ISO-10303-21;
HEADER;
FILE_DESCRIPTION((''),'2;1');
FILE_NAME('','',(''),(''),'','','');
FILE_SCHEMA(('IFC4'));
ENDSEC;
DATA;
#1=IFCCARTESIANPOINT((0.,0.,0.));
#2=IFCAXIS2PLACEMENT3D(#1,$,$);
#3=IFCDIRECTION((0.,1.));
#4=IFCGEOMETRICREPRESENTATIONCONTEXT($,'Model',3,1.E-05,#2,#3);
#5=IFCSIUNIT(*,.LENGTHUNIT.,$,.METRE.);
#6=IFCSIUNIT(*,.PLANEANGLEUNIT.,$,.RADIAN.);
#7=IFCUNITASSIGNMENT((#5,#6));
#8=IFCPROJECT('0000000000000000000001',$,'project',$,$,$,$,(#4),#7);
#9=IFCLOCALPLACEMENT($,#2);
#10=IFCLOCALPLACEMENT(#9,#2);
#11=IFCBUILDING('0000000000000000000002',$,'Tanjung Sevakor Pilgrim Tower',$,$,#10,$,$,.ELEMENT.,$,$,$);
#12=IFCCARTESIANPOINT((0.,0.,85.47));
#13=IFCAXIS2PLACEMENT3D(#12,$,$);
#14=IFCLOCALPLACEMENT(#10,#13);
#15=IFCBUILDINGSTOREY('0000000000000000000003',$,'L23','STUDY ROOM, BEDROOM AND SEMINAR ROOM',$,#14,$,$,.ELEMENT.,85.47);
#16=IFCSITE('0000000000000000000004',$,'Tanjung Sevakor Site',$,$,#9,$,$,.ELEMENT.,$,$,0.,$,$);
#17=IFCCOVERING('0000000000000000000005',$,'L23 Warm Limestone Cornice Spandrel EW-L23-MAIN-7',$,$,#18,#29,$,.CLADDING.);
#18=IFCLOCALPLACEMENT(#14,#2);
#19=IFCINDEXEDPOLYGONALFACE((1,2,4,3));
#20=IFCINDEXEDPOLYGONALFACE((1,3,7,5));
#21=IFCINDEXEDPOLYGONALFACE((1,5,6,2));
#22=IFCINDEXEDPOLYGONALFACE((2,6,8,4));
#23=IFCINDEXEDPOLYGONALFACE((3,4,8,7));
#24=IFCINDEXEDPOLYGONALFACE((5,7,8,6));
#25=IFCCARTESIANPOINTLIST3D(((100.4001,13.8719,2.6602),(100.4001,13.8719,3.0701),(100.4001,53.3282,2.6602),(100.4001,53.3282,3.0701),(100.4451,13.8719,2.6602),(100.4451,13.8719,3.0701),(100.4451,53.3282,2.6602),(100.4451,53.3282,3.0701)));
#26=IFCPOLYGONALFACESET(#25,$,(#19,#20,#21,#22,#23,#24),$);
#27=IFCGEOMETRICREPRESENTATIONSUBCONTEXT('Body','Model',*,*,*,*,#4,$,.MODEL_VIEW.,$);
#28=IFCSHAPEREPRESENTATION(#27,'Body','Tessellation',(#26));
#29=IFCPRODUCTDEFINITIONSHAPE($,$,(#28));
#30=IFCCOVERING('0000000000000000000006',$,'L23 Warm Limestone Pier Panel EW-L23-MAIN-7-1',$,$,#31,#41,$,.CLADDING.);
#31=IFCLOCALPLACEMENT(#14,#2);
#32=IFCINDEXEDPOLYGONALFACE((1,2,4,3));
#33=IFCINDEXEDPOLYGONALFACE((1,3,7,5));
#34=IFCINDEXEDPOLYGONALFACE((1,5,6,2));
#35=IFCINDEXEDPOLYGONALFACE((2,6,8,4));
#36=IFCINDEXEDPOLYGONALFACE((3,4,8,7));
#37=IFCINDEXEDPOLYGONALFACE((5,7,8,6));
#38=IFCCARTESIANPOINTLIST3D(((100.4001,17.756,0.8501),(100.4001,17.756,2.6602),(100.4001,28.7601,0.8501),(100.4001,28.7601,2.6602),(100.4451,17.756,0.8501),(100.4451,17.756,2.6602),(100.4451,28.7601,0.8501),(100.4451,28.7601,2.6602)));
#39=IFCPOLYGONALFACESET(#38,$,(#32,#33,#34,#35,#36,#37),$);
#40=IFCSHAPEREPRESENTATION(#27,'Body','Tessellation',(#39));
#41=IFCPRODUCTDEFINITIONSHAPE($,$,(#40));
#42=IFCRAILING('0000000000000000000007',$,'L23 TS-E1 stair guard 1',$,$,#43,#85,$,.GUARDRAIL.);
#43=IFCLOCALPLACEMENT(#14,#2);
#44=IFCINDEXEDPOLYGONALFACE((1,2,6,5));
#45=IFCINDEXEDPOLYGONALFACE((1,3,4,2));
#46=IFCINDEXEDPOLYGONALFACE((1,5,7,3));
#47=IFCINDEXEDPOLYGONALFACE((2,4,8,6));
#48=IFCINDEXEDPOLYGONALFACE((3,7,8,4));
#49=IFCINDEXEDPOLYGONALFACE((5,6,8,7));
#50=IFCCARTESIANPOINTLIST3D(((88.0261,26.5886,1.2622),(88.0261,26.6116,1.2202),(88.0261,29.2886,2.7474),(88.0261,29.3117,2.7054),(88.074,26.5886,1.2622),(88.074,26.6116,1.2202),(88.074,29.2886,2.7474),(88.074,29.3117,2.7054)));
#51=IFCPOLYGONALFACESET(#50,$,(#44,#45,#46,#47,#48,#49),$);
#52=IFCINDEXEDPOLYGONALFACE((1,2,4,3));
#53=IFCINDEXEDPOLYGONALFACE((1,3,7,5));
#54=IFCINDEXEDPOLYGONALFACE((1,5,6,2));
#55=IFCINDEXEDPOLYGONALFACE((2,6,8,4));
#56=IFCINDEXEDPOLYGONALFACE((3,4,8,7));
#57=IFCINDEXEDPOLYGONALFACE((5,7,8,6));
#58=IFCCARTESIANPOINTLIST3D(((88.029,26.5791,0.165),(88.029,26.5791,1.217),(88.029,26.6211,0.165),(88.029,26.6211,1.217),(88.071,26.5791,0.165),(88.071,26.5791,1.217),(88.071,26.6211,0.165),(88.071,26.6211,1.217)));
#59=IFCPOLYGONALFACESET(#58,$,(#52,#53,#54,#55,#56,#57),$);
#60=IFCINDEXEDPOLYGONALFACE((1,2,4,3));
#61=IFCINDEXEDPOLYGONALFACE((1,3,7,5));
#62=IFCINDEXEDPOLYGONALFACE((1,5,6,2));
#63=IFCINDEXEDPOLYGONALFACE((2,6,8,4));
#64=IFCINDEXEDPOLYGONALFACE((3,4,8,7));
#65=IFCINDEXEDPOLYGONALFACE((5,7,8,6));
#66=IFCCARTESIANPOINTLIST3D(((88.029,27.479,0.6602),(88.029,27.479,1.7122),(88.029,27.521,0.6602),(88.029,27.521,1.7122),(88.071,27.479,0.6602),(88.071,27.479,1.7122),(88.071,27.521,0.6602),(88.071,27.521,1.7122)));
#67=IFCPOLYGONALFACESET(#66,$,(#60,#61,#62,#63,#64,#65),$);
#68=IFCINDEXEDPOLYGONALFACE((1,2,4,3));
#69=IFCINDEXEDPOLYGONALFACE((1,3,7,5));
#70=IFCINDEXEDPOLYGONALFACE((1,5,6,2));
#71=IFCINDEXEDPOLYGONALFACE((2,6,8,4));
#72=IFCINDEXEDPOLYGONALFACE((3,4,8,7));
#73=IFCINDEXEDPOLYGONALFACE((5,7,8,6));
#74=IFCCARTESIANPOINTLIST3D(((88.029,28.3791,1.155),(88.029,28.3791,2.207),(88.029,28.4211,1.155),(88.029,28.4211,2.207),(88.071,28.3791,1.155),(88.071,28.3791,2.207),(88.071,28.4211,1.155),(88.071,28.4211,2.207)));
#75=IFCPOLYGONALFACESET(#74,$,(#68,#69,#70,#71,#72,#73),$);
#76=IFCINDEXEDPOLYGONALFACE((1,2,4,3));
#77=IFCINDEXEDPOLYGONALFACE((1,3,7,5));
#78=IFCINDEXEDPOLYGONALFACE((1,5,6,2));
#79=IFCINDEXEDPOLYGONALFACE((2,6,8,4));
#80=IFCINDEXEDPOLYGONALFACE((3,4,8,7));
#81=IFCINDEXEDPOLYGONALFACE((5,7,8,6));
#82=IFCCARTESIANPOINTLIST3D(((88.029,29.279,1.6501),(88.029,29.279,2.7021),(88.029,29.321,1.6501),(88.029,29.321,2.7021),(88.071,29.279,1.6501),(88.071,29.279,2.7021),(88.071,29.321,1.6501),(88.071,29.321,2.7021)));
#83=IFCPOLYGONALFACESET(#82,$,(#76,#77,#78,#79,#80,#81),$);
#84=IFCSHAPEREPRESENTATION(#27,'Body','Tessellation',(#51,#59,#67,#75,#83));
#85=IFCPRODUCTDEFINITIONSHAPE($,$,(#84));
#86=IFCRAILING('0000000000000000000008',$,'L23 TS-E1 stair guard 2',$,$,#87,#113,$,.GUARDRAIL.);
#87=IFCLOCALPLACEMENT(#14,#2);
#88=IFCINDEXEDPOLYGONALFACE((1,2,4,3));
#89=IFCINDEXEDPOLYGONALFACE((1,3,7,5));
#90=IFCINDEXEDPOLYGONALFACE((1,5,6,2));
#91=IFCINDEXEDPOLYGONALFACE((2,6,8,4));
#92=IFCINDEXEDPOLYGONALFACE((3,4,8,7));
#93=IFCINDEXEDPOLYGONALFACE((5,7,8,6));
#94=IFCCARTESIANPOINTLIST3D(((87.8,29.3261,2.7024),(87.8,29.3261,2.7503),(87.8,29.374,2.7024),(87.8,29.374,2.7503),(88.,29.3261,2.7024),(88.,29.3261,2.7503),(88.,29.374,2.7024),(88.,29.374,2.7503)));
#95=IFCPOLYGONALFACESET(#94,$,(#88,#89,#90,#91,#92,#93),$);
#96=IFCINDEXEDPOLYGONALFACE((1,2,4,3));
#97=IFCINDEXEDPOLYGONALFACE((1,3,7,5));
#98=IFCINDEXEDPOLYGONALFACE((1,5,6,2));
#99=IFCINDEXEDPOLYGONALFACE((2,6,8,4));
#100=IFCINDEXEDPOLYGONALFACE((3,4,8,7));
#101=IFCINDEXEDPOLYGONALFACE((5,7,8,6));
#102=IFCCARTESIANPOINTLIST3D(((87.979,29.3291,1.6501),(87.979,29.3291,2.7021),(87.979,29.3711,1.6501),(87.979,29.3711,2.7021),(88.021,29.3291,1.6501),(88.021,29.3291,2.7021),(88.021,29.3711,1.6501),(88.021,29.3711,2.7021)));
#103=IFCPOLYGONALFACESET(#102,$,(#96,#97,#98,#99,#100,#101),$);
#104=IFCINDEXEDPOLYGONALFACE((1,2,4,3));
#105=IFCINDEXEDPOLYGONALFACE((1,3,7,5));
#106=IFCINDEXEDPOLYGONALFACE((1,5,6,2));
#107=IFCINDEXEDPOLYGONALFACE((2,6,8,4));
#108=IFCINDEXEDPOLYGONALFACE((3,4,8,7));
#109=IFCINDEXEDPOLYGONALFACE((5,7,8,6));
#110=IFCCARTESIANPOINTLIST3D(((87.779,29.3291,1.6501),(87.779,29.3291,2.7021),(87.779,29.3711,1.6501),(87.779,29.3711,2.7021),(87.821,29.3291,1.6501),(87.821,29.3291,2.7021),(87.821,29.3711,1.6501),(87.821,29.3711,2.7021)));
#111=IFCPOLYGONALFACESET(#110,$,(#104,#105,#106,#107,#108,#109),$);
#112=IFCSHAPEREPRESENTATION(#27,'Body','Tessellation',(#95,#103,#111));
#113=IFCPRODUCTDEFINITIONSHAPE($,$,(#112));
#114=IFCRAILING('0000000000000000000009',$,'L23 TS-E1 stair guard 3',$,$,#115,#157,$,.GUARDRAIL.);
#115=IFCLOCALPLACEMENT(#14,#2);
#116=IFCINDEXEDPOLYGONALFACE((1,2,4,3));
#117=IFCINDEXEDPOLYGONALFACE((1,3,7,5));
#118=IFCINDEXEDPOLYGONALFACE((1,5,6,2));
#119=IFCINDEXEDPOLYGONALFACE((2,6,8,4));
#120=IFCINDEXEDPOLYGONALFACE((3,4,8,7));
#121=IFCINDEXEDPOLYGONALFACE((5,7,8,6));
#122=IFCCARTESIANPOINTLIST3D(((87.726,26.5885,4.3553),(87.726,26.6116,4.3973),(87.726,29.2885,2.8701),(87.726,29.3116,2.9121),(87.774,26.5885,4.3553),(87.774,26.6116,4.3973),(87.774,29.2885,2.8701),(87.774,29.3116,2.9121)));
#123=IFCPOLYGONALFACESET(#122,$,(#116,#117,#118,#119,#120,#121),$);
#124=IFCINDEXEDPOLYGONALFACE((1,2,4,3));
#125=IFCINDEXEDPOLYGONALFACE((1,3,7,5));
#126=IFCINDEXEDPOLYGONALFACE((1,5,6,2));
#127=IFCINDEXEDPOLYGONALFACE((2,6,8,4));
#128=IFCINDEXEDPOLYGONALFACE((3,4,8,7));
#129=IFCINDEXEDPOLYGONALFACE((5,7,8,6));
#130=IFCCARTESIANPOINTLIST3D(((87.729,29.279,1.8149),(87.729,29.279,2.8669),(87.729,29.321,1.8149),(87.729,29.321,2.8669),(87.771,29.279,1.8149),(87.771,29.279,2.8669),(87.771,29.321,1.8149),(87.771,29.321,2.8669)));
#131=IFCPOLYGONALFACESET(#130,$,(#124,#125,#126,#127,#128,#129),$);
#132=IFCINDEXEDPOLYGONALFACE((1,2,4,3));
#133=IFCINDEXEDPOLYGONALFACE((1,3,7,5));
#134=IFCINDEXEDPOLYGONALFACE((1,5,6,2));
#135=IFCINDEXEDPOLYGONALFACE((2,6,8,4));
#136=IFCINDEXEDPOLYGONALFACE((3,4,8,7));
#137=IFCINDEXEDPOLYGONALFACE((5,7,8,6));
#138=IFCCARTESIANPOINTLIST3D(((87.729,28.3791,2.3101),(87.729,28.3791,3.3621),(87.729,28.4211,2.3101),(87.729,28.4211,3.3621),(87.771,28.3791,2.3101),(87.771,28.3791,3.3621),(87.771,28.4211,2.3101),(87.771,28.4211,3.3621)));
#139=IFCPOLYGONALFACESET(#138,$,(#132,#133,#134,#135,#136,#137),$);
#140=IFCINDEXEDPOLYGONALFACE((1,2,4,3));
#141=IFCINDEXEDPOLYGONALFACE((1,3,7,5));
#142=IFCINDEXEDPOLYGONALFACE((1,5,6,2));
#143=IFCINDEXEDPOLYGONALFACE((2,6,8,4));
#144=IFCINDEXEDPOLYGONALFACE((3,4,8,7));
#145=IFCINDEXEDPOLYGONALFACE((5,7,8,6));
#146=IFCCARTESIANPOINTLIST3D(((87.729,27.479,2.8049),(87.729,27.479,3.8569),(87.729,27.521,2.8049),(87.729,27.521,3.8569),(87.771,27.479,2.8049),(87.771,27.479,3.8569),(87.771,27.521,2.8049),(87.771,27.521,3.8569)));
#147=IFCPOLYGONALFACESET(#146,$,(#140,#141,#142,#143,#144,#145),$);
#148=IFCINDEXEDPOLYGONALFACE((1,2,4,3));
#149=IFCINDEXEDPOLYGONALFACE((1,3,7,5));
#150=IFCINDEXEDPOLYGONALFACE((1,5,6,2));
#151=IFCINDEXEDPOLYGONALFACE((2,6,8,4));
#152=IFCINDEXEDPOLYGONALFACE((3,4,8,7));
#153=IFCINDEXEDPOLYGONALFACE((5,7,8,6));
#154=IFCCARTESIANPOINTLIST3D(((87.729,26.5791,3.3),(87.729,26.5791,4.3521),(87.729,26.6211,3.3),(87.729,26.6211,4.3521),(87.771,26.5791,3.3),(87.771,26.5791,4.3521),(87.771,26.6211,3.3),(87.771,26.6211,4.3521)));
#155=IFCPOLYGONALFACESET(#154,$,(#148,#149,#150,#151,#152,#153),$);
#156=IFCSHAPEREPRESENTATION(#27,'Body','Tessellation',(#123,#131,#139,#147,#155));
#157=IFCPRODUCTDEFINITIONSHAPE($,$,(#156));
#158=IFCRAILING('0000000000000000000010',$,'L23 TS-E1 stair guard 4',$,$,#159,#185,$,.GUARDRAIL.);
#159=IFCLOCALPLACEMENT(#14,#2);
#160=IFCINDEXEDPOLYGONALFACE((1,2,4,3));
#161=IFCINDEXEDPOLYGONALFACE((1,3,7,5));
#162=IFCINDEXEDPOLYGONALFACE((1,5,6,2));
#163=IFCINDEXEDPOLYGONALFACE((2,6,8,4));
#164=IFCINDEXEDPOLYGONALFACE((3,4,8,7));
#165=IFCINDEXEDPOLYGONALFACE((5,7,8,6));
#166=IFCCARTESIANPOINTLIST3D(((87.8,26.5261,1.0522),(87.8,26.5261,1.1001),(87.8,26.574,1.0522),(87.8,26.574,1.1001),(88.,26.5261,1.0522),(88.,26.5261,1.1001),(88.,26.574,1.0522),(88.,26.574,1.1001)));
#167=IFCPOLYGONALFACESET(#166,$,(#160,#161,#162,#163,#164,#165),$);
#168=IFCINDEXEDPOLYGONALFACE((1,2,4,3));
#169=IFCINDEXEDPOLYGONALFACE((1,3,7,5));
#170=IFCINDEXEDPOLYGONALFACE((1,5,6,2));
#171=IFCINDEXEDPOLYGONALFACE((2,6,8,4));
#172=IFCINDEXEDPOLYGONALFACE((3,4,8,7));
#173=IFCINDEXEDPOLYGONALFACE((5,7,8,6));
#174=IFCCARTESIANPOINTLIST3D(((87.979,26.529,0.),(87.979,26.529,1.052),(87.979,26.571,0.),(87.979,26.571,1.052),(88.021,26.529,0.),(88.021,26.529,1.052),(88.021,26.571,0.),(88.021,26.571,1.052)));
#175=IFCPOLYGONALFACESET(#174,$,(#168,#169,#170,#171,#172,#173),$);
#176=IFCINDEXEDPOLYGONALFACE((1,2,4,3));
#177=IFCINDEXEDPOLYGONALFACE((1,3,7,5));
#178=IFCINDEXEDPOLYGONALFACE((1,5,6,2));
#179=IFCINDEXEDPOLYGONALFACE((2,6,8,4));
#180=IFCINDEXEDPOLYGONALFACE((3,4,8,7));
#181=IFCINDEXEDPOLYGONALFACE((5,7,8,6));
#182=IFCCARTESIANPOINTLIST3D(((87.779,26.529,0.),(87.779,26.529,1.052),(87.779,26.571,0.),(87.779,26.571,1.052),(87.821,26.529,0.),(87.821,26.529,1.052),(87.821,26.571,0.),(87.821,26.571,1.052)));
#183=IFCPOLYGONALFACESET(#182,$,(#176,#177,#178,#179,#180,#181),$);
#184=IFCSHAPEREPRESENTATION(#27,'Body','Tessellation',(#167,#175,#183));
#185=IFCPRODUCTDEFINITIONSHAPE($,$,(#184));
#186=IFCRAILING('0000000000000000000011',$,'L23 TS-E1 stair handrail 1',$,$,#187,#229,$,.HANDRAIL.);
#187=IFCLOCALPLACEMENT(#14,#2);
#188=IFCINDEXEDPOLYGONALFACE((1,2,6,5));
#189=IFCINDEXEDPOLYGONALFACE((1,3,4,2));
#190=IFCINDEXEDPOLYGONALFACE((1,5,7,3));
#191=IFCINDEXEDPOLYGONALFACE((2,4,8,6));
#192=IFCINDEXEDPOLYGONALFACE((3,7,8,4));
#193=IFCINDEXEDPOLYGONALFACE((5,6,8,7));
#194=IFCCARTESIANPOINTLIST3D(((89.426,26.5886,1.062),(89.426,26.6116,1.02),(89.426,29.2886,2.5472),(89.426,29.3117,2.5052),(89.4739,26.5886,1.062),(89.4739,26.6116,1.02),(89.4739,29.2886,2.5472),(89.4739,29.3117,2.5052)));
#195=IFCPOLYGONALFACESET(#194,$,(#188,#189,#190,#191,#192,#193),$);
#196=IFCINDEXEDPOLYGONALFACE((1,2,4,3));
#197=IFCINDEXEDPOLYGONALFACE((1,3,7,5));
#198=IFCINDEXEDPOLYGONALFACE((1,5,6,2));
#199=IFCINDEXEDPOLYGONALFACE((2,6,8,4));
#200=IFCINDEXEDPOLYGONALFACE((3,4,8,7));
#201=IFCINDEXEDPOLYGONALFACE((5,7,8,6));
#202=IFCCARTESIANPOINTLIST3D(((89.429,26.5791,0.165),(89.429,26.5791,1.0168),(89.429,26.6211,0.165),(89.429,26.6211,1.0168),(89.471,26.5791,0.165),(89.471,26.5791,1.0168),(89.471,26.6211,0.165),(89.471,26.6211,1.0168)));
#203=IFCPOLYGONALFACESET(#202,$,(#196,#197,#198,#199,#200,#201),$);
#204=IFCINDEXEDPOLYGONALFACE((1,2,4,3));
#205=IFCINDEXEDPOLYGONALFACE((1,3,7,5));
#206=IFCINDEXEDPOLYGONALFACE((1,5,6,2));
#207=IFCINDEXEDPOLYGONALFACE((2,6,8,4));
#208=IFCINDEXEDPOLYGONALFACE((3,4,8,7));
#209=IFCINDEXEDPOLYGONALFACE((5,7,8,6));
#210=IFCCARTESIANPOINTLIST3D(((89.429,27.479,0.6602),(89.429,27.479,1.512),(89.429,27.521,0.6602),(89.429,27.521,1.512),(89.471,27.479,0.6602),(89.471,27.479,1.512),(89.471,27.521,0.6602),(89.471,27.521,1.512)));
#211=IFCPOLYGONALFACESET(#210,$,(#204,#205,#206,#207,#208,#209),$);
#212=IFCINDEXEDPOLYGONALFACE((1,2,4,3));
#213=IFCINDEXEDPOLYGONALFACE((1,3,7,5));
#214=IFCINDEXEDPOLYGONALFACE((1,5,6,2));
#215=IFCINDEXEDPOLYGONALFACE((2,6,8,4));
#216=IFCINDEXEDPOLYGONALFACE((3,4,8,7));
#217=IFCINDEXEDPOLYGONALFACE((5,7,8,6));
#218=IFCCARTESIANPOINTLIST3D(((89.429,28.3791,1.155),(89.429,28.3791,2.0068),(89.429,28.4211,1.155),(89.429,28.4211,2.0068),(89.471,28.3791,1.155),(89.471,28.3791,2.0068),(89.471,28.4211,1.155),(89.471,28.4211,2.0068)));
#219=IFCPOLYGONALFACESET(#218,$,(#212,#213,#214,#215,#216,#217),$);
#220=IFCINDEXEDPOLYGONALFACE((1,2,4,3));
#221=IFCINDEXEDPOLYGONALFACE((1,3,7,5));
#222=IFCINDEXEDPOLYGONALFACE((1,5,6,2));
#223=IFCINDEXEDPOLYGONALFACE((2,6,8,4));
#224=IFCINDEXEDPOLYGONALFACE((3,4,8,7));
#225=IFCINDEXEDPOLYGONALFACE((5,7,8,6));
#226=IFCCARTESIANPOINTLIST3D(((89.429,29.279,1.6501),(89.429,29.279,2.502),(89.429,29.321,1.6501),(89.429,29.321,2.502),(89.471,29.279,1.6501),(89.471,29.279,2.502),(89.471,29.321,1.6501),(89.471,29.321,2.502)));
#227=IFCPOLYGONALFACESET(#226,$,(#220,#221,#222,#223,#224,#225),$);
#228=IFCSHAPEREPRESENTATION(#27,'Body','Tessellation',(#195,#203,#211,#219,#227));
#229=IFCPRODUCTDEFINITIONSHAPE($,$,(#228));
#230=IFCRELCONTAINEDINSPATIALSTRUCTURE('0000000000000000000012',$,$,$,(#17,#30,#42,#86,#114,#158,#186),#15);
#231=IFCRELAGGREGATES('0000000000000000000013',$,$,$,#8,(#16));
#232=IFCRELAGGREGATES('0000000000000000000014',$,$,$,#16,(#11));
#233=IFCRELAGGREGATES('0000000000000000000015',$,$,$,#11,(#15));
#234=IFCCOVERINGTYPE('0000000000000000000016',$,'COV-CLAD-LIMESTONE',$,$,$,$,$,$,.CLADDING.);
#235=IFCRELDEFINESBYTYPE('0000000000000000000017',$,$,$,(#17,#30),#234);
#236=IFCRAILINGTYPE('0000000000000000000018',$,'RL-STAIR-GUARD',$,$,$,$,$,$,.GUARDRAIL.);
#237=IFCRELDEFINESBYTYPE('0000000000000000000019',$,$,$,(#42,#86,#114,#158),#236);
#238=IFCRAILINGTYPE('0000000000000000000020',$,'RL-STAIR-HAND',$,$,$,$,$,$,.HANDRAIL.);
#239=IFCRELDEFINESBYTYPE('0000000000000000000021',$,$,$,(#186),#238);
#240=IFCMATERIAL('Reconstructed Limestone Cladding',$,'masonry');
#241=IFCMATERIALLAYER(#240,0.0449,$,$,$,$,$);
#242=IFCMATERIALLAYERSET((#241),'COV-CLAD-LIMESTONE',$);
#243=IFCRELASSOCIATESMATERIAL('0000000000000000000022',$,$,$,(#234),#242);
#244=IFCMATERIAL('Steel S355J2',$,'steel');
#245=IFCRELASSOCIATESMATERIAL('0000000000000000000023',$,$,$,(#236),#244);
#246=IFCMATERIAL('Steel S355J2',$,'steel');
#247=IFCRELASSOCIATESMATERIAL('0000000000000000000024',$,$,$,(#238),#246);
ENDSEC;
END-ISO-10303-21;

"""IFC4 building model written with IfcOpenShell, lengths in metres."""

from ifc_helpers import new_model, si_unit, direction, frame, origin, origin_2d, place, context, subcontext, project, spatial, rectangle, extrude, material, layer, layer_set, type_object, element, save


model = new_model("IFC4")

# Units and contexts
model_context = context("Model", 3, precision=1e-05, world=origin(), true_north=direction((0.0, 1.0)))
body_context = subcontext(model_context, "Body", "Model", "MODEL_VIEW")
ifc_project = project(units=[si_unit("LENGTHUNIT", "METRE"), si_unit("PLANEANGLEUNIT", "RADIAN")], contexts=[model_context])

# Site, building, storey
site_placement = place(None, origin())
site = spatial("IfcSite", under=ifc_project, at=site_placement, Name="Tanjung Sevakor Site", CompositionType="ELEMENT", RefElevation=0.0)
building_placement = place(site_placement, origin())
building = spatial("IfcBuilding", under=site, at=building_placement, Name="Tanjung Sevakor Pilgrim Tower", CompositionType="ELEMENT")
storey_placement = place(building_placement, frame((0.0, 0.0, 85.47)))
storey = spatial("IfcBuildingStorey", under=building, at=storey_placement, Name="L23", Description="STUDY ROOM, BEDROOM AND SEMINAR ROOM", CompositionType="ELEMENT", Elevation=85.47)

# Coverings
ifc_material_1 = material(Name="Reconstructed Limestone Cladding", Category="masonry")
ifc_layer_1 = layer(ifc_material_1, 0.0449)
ifc_layer_set_1 = layer_set([ifc_layer_1], Name="COV-CLAD-LIMESTONE")
covering_type = type_object("IfcCoveringType", Name="COV-CLAD-LIMESTONE", PredefinedType="CLADDING", material=ifc_layer_set_1)
covering_1_placement = place(storey_placement, frame((100.4226, 33.6001, 2.6602), z_axis=(0.0, 0.0, 1.0), x_axis=(0.0, 1.0, 0.0)))
element("IfcCovering", 1, at=covering_1_placement, inside=storey, type_object=covering_type, Name="L23 Warm Limestone Cornice Spandrel EW-L23-MAIN-7", PredefinedType="CLADDING", context=body_context, shape_type="SweptSolid", body=[
    extrude(rectangle(XDim=39.4563, YDim=0.0449, at=origin_2d()), origin(), (0.0, 0.0, 1.0), 0.4099),
])
covering_2_placement = place(storey_placement, frame((100.4226, 23.2581, 0.8501), z_axis=(0.0, 0.0, 1.0), x_axis=(0.0, 1.0, 0.0)))
element("IfcCovering", 2, at=covering_2_placement, inside=storey, type_object=covering_type, Name="L23 Warm Limestone Pier Panel EW-L23-MAIN-7-1", PredefinedType="CLADDING", context=body_context, shape_type="SweptSolid", body=[
    extrude(rectangle(XDim=11.0042, YDim=0.0449, at=origin_2d()), origin(), (0.0, 0.0, 1.0), 1.8101),
])

# Railings
ifc_material_2 = material(Name="Steel S355J2", Category="steel")
railing_type_1 = type_object("IfcRailingType", Name="RL-STAIR-GUARD", PredefinedType="GUARDRAIL", material=ifc_material_2)
railing_1_placement = place(storey_placement, frame((88.05, 26.6001, 0.165)))
element("IfcRailing", 3, at=railing_1_placement, inside=storey, type_object=railing_type_1, Name="L23 TS-E1 stair guard 1", PredefinedType="GUARDRAIL", context=body_context, shape_type="SweptSolid", body=[
    extrude(rectangle(XDim=0.0479, YDim=0.0479), frame((0.0, 0.0, 1.0762), z_axis=(0.0, 0.876198, 0.481952), x_axis=(-1.0, 0.0, 0.0)), (0.0, 0.0, 1.0), 3.0815),
    extrude(rectangle(XDim=0.042, YDim=0.042), origin(), (0.0, 0.0, 1.0), 1.052),
    extrude(rectangle(XDim=0.042, YDim=0.042), frame((0.0, 0.8999, 0.4951)), (0.0, 0.0, 1.0), 1.052),
    extrude(rectangle(XDim=0.042, YDim=0.042), frame((0.0, 1.8, 0.99)), (0.0, 0.0, 1.0), 1.052),
    extrude(rectangle(XDim=0.042, YDim=0.042), frame((0.0, 2.7, 1.4851)), (0.0, 0.0, 1.0), 1.052),
])
railing_2_placement = place(storey_placement, frame((88.0, 29.3501, 1.6501)))
element("IfcRailing", 4, at=railing_2_placement, inside=storey, type_object=railing_type_1, Name="L23 TS-E1 stair guard 2", PredefinedType="GUARDRAIL", context=body_context, shape_type="SweptSolid", body=[
    extrude(rectangle(XDim=0.0479, YDim=0.0479), frame((0.0, 0.0, 1.0762), z_axis=(-1.0, 0.0, 0.0), x_axis=(0.0, -1.0, 0.0)), (0.0, 0.0, 1.0), 0.2),
    extrude(rectangle(XDim=0.042, YDim=0.042), origin(), (0.0, 0.0, 1.0), 1.052),
    extrude(rectangle(XDim=0.042, YDim=0.042), frame((-0.2, 0.0, 0.0)), (0.0, 0.0, 1.0), 1.052),
])
railing_3_placement = place(storey_placement, frame((87.75, 29.3, 1.8149)))
element("IfcRailing", 5, at=railing_3_placement, inside=storey, type_object=railing_type_1, Name="L23 TS-E1 stair guard 3", PredefinedType="GUARDRAIL", context=body_context, shape_type="SweptSolid", body=[
    extrude(rectangle(XDim=0.0479, YDim=0.0479), frame((0.0, 0.0, 1.0762), z_axis=(0.0, -0.876198, 0.481952), x_axis=(1.0, 0.0, 0.0)), (0.0, 0.0, 1.0), 3.0815),
    extrude(rectangle(XDim=0.042, YDim=0.042), origin(), (0.0, 0.0, 1.0), 1.052),
    extrude(rectangle(XDim=0.042, YDim=0.042), frame((0.0, -0.8999, 0.4951)), (0.0, 0.0, 1.0), 1.052),
    extrude(rectangle(XDim=0.042, YDim=0.042), frame((0.0, -1.8, 0.99)), (0.0, 0.0, 1.0), 1.052),
    extrude(rectangle(XDim=0.042, YDim=0.042), frame((0.0, -2.7, 1.4851)), (0.0, 0.0, 1.0), 1.052),
])
railing_4_placement = place(storey_placement, frame((88.0, 26.55, 0.0)))
element("IfcRailing", 6, at=railing_4_placement, inside=storey, type_object=railing_type_1, Name="L23 TS-E1 stair guard 4", PredefinedType="GUARDRAIL", context=body_context, shape_type="SweptSolid", body=[
    extrude(rectangle(XDim=0.0479, YDim=0.0479), frame((0.0, 0.0, 1.0762), z_axis=(-1.0, 0.0, 0.0), x_axis=(0.0, -1.0, 0.0)), (0.0, 0.0, 1.0), 0.2),
    extrude(rectangle(XDim=0.042, YDim=0.042), origin(), (0.0, 0.0, 1.0), 1.052),
    extrude(rectangle(XDim=0.042, YDim=0.042), frame((-0.2, 0.0, 0.0)), (0.0, 0.0, 1.0), 1.052),
])
ifc_material_3 = material(Name="Steel S355J2", Category="steel")
railing_type_2 = type_object("IfcRailingType", Name="RL-STAIR-HAND", PredefinedType="HANDRAIL", material=ifc_material_3)
railing_5_placement = place(storey_placement, frame((89.45, 26.6001, 0.165)))
element("IfcRailing", 7, at=railing_5_placement, inside=storey, type_object=railing_type_2, Name="L23 TS-E1 stair handrail 1", PredefinedType="HANDRAIL", context=body_context, shape_type="SweptSolid", body=[
    extrude(rectangle(XDim=0.0479, YDim=0.0479), frame((0.0, 0.0, 0.876), z_axis=(0.0, 0.876198, 0.481952), x_axis=(-1.0, 0.0, 0.0)), (0.0, 0.0, 1.0), 3.0815),
    extrude(rectangle(XDim=0.042, YDim=0.042), origin(), (0.0, 0.0, 1.0), 0.8518),
    extrude(rectangle(XDim=0.042, YDim=0.042), frame((0.0, 0.8999, 0.4951)), (0.0, 0.0, 1.0), 0.8518),
    extrude(rectangle(XDim=0.042, YDim=0.042), frame((0.0, 1.8, 0.99)), (0.0, 0.0, 1.0), 0.8518),
    extrude(rectangle(XDim=0.042, YDim=0.042), frame((0.0, 2.7, 1.4851)), (0.0, 0.0, 1.0), 0.8518),
])

save(model, "model.ifc")
